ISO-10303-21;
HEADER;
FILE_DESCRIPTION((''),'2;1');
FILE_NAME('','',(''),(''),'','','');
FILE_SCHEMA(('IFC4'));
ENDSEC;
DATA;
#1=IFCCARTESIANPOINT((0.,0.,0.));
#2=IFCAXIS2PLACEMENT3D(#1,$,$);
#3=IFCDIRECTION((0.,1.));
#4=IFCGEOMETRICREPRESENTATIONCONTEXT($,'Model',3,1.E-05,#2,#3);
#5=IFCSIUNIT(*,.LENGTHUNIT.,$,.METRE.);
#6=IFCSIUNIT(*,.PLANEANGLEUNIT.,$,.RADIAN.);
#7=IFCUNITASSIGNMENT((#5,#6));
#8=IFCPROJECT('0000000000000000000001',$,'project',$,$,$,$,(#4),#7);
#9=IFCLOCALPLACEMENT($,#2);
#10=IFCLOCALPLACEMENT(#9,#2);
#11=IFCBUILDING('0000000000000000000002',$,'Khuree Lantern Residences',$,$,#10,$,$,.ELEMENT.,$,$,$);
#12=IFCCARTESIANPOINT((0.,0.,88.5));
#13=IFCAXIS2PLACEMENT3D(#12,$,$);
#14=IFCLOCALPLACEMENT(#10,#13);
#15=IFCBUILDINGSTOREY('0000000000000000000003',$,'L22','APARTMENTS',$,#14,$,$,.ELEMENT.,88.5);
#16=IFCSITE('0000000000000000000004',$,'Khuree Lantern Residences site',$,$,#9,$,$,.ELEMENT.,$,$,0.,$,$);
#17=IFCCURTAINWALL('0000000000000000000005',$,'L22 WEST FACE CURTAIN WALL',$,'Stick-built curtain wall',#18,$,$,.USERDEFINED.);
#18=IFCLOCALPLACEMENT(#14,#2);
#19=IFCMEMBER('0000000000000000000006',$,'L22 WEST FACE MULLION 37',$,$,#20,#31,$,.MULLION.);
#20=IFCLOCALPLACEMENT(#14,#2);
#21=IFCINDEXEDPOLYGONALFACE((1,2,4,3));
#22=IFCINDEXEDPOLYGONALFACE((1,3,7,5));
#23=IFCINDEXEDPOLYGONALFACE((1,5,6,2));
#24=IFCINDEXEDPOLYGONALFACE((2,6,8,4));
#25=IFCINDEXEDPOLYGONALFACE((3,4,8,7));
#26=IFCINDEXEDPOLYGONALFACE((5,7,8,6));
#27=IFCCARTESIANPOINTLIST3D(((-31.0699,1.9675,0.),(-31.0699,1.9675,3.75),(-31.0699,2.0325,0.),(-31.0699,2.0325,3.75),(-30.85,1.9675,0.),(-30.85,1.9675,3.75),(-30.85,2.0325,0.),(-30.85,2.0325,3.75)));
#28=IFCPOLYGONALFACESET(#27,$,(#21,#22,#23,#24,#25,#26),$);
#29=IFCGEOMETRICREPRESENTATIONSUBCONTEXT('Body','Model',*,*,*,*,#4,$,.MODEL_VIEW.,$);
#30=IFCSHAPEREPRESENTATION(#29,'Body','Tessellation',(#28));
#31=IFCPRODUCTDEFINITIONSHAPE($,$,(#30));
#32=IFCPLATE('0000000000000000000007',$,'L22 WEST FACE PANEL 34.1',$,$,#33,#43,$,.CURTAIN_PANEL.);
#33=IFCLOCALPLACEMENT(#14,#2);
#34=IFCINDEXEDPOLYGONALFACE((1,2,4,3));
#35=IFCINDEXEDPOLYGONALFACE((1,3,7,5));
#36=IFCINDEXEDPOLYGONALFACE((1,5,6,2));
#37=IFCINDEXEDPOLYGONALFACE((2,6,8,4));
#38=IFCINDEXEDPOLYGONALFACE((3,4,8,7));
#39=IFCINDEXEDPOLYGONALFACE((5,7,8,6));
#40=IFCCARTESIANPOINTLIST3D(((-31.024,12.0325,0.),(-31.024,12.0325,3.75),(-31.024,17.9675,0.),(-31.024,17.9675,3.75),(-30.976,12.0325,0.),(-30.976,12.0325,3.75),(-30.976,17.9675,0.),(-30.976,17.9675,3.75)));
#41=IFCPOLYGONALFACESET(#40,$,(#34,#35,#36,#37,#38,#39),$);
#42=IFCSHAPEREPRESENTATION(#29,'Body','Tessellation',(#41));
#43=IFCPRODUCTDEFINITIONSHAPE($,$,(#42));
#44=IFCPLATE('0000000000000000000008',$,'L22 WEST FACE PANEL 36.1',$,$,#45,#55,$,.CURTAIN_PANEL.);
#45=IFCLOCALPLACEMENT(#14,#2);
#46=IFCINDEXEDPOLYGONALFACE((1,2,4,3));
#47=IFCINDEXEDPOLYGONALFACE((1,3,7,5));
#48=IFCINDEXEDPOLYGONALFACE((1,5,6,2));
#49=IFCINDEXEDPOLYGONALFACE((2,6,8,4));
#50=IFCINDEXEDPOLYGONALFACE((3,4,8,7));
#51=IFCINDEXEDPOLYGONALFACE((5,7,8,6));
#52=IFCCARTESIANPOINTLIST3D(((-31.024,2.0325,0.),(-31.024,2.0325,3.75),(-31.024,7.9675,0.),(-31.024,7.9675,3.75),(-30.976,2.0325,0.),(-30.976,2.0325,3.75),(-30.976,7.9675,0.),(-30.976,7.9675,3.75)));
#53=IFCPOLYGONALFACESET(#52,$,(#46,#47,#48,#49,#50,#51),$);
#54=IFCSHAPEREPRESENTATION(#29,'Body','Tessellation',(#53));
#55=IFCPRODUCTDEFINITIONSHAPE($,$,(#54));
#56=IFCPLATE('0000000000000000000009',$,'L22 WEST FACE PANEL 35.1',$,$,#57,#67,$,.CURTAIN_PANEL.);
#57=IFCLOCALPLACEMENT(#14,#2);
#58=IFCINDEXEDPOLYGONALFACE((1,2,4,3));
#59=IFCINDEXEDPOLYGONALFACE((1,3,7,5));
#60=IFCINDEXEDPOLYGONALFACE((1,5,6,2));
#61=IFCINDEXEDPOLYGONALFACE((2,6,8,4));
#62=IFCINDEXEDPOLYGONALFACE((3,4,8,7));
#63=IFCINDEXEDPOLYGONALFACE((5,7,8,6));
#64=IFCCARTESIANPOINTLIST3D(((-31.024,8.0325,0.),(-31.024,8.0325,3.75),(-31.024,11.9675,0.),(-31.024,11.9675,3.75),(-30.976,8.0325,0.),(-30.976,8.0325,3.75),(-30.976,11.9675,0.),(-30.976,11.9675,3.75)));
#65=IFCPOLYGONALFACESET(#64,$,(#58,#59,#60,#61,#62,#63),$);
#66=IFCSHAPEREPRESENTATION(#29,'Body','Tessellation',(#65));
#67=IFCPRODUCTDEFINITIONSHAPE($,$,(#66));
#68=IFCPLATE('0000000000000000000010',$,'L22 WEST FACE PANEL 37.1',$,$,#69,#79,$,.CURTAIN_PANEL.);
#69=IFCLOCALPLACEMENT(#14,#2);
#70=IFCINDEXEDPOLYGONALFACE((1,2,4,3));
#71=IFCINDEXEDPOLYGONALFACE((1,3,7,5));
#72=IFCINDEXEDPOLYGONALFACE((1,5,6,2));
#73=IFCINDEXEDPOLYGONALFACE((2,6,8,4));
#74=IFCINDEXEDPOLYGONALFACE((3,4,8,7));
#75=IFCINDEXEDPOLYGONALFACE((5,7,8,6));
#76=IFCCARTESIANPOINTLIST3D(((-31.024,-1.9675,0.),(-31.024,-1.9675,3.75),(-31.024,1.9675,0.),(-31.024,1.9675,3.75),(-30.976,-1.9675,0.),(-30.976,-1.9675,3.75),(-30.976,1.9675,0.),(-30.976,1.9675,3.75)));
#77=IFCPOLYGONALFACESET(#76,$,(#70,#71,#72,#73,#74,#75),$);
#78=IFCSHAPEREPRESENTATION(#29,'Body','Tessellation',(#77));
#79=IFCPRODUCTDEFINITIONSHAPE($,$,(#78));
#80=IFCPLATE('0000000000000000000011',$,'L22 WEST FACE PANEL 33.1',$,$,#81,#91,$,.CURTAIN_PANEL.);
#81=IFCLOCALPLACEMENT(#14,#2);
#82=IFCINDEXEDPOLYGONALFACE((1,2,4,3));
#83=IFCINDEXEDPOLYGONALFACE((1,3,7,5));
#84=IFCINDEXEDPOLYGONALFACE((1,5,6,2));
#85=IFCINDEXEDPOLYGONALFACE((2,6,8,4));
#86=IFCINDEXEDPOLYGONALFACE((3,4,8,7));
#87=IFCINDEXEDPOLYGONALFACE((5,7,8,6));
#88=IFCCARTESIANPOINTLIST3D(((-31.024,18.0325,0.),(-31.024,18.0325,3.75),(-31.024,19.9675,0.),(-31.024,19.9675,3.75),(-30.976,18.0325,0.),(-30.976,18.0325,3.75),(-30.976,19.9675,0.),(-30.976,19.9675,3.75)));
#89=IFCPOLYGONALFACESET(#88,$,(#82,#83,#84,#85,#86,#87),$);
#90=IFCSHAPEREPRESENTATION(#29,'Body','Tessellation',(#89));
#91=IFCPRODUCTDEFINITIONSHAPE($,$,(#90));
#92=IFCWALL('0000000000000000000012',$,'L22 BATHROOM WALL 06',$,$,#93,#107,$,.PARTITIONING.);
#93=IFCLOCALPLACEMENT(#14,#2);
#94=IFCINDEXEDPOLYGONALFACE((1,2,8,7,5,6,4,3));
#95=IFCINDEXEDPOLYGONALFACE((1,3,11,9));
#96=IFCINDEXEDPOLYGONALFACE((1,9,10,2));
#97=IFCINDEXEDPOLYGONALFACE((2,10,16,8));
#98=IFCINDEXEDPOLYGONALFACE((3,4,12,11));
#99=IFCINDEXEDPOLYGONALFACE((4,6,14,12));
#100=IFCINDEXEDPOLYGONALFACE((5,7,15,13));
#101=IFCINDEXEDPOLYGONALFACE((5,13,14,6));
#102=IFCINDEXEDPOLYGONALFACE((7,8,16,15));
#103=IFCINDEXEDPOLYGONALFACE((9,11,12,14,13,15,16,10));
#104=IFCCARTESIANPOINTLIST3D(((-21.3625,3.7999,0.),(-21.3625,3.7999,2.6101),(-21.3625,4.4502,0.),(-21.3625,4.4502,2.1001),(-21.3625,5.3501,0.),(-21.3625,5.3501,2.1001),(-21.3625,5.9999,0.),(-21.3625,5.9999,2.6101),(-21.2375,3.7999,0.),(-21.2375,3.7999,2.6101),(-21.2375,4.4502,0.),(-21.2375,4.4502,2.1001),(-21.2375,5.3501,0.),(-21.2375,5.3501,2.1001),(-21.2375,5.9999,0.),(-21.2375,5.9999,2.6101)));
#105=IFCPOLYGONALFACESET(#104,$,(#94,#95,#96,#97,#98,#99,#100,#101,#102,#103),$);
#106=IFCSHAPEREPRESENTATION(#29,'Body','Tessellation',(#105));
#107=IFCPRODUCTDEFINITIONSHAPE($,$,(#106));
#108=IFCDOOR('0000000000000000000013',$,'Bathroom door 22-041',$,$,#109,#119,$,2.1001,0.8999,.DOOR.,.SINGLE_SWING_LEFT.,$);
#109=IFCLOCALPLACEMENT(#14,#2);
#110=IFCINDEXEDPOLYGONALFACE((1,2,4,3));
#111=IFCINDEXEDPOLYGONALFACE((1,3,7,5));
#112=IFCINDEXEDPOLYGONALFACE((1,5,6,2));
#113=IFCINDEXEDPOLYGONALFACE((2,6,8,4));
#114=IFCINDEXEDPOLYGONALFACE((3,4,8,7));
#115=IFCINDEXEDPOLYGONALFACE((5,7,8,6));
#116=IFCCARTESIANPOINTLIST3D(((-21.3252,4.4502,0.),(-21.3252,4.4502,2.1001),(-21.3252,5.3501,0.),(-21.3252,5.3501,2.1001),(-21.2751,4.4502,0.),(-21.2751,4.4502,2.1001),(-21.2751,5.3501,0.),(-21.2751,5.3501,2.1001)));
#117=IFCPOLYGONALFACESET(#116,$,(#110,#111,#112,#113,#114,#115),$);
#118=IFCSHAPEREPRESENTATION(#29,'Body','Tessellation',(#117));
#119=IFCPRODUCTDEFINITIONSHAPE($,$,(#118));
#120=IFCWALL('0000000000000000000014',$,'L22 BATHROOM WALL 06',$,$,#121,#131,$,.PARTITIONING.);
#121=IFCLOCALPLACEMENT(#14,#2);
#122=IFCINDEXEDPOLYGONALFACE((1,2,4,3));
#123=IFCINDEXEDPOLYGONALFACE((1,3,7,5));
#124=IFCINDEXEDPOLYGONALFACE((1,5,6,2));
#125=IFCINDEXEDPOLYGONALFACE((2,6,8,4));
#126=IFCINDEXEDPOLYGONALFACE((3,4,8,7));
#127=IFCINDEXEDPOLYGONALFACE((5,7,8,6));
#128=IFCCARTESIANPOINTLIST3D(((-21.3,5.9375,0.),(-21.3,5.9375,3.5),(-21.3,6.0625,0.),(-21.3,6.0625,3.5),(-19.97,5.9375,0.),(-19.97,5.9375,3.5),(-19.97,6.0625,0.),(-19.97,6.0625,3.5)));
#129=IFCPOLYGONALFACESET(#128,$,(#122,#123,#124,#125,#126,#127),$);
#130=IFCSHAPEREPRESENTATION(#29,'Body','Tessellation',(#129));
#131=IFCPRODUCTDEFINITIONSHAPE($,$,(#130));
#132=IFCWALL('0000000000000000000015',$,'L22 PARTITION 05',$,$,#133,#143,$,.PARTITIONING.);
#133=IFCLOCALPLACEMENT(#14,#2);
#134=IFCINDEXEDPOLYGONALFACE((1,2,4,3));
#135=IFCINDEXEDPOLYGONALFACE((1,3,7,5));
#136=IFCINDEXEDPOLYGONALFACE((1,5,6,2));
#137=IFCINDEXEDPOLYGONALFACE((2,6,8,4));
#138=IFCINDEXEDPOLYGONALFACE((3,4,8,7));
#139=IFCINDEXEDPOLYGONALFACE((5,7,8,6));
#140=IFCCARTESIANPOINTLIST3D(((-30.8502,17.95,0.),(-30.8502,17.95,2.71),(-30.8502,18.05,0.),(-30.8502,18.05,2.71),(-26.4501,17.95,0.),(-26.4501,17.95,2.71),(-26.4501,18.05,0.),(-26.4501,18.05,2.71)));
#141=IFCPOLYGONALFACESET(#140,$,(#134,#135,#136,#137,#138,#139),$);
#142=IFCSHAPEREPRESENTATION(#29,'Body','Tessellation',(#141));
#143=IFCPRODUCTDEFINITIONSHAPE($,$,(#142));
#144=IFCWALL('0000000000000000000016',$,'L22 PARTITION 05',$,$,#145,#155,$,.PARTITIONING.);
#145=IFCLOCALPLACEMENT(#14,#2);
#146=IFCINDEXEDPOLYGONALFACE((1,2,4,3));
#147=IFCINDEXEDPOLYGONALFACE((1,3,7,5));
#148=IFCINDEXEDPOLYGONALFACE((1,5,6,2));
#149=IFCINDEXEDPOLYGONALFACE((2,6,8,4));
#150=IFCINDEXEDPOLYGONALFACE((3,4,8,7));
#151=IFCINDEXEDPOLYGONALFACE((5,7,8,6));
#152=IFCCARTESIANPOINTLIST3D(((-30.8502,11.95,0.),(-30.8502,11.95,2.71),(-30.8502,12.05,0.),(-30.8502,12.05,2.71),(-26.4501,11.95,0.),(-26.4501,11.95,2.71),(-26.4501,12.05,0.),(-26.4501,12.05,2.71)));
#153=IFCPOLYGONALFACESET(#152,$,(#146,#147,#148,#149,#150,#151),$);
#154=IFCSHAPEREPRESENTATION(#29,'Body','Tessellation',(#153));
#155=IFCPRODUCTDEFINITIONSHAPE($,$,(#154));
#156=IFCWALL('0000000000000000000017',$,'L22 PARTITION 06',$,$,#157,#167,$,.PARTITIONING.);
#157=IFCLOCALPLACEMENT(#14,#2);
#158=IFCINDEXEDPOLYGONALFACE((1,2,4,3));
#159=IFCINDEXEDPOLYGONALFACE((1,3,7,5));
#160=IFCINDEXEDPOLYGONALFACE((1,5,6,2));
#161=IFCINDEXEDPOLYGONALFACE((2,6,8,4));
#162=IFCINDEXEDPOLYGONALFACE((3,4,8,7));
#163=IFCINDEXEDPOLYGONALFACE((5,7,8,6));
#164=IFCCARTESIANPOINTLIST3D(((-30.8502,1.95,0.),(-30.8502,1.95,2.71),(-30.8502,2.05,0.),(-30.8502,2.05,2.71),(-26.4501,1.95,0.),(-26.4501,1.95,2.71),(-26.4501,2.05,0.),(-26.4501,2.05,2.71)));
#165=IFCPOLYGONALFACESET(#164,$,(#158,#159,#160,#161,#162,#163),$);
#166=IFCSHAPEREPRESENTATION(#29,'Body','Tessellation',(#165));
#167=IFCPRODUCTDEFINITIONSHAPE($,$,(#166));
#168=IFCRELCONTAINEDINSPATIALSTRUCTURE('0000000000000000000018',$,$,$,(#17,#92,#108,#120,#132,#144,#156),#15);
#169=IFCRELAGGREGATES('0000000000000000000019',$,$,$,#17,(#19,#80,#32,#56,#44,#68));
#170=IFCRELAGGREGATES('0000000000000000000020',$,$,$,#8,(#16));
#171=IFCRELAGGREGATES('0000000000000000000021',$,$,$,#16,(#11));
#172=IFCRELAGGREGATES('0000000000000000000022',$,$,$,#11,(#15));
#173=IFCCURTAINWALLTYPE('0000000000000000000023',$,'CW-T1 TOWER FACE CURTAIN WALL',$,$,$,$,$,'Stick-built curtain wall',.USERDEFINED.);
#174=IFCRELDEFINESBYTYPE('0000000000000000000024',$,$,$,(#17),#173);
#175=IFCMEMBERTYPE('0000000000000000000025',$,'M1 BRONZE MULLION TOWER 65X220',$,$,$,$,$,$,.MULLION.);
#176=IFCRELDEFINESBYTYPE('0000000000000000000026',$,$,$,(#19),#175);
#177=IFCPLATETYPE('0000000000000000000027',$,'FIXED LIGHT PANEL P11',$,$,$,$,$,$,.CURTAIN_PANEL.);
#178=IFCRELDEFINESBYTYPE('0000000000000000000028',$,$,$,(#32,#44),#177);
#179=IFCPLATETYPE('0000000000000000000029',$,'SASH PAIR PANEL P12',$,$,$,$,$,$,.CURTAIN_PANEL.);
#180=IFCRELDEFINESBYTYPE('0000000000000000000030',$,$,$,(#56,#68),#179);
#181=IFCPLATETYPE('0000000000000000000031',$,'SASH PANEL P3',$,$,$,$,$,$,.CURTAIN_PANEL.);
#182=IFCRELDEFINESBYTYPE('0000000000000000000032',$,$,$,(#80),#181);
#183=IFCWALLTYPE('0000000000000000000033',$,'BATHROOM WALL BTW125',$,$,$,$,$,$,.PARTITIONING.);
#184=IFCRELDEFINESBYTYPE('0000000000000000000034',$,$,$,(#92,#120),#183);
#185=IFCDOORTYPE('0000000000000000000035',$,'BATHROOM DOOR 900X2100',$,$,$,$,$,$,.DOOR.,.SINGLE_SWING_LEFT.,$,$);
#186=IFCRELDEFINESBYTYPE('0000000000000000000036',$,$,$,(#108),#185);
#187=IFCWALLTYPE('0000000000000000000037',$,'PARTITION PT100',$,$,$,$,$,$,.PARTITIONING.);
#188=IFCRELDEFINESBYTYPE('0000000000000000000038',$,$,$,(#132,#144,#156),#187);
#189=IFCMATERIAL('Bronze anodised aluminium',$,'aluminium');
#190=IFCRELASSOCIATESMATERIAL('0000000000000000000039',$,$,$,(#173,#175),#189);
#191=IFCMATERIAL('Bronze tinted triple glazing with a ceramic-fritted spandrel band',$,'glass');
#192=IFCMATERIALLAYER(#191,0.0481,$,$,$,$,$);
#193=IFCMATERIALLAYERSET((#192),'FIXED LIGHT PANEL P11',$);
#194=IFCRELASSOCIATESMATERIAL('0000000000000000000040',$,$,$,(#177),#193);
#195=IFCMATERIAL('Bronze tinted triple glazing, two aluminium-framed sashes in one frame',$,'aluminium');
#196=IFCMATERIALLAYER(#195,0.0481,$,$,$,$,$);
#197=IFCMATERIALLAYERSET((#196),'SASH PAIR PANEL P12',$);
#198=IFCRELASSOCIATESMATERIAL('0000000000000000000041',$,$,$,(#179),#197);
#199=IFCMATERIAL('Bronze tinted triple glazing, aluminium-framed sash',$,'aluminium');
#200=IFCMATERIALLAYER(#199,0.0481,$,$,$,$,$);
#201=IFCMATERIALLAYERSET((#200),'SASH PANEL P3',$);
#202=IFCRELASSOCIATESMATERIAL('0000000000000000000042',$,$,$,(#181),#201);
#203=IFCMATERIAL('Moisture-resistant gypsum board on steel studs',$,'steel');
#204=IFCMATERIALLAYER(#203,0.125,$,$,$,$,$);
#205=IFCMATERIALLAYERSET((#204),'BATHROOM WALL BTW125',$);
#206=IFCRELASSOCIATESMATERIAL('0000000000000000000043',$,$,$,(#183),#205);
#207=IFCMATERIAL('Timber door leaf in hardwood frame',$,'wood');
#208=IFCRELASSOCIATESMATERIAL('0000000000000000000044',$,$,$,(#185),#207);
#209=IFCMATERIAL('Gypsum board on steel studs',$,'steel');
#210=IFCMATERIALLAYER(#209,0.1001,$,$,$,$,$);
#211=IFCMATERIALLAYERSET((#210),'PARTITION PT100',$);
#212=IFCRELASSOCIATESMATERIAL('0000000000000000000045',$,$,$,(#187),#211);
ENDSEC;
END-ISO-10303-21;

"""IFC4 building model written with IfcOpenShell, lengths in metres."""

from ifc_helpers import new_model, si_unit, direction, frame, frame_2d, origin, origin_2d, place, context, subcontext, project, spatial, rectangle, extrude, material, layer, layer_set, material_profile, profile_set, type_object, element, fill, aggregate, save


model = new_model("IFC4")

# Units and contexts
model_context = context("Model", 3, precision=1e-05, world=origin(), true_north=direction((0.0, 1.0)))
body_context = subcontext(model_context, "Body", "Model", "MODEL_VIEW")
ifc_project = project(units=[si_unit("LENGTHUNIT", "METRE"), si_unit("PLANEANGLEUNIT", "RADIAN")], contexts=[model_context])

# Site, building, storey
site_placement = place(None, origin())
site = spatial("IfcSite", under=ifc_project, at=site_placement, Name="Khuree Lantern Residences site", CompositionType="ELEMENT", RefElevation=0.0)
building_placement = place(site_placement, origin())
building = spatial("IfcBuilding", under=site, at=building_placement, Name="Khuree Lantern Residences", CompositionType="ELEMENT")
storey_placement = place(building_placement, frame((0.0, 0.0, 88.5)))
storey = spatial("IfcBuildingStorey", under=building, at=storey_placement, Name="L22", Description="APARTMENTS", CompositionType="ELEMENT", Elevation=88.5)

# Curtain wall
ifc_material_1 = material(Name="Bronze anodised aluminium", Category="aluminium")
curtain_wall_type = type_object("IfcCurtainWallType", Name="CW-T1 TOWER FACE CURTAIN WALL", ElementType="Stick-built curtain wall", PredefinedType="USERDEFINED", material=ifc_material_1)
curtain_wall_placement = place(storey_placement, origin())
curtain_wall = element("IfcCurtainWall", 1, at=curtain_wall_placement, inside=storey, type_object=curtain_wall_type, Name="L22 WEST FACE CURTAIN WALL", ObjectType="Stick-built curtain wall", PredefinedType="USERDEFINED")

# Member
ifc_material_profile_1 = material_profile(ifc_material_1, rectangle(XDim=0.0649, YDim=0.22, at=origin_2d()), Name="M1 65X220")
ifc_profile_set_1 = profile_set([ifc_material_profile_1], Name="Bronze anodised aluminium")
member_type_1 = type_object("IfcMemberType", Name="M1 BRONZE MULLION TOWER 65X220", PredefinedType="MULLION", material=ifc_profile_set_1)
member_1_placement = place(storey_placement, frame((-30.96, 2.0, 0.0), z_axis=(0.0, 0.0, 1.0), x_axis=(0.0, -1.0, 0.0)))
member_1 = element("IfcMember", 2, at=member_1_placement, type_object=member_type_1, Name="L22 WEST FACE MULLION 37", PredefinedType="MULLION", context=body_context, shape_type="SweptSolid", body=[
    extrude(rectangle(XDim=0.0649, YDim=0.22, at=origin_2d()), origin(), (0.0, 0.0, 1.0), 3.75),
])

# Plates
ifc_material_2 = material(Name="Bronze tinted triple glazing with a ceramic-fritted spandrel band", Category="glass")
ifc_layer_1 = layer(ifc_material_2, 0.0481)
ifc_layer_set_1 = layer_set([ifc_layer_1], Name="FIXED LIGHT PANEL P11")
plate_type_1 = type_object("IfcPlateType", Name="FIXED LIGHT PANEL P11", PredefinedType="CURTAIN_PANEL", material=ifc_layer_set_1)
plate_1_placement = place(storey_placement, frame((-31.0, 15.0, 0.0), z_axis=(0.0, 0.0, 1.0), x_axis=(0.0, -1.0, 0.0)))
plate_1 = element("IfcPlate", 3, at=plate_1_placement, type_object=plate_type_1, Name="L22 WEST FACE PANEL 34.1", PredefinedType="CURTAIN_PANEL", context=body_context, shape_type="SweptSolid", body=[
    extrude(rectangle(XDim=5.9351, YDim=0.0481, at=origin_2d()), origin(), (0.0, 0.0, 1.0), 3.75),
])
plate_2_placement = place(storey_placement, frame((-31.0, 5.0, 0.0), z_axis=(0.0, 0.0, 1.0), x_axis=(0.0, -1.0, 0.0)))
plate_2 = element("IfcPlate", 4, at=plate_2_placement, type_object=plate_type_1, Name="L22 WEST FACE PANEL 36.1", PredefinedType="CURTAIN_PANEL", context=body_context, shape_type="SweptSolid", body=[
    extrude(rectangle(XDim=5.9351, YDim=0.0481, at=origin_2d()), origin(), (0.0, 0.0, 1.0), 3.75),
])
ifc_material_3 = material(Name="Bronze tinted triple glazing, two aluminium-framed sashes in one frame", Category="aluminium")
ifc_layer_2 = layer(ifc_material_3, 0.0481)
ifc_layer_set_2 = layer_set([ifc_layer_2], Name="SASH PAIR PANEL P12")
plate_type_2 = type_object("IfcPlateType", Name="SASH PAIR PANEL P12", PredefinedType="CURTAIN_PANEL", material=ifc_layer_set_2)
plate_3_placement = place(storey_placement, frame((-31.0, 10.0, 0.0), z_axis=(0.0, 0.0, 1.0), x_axis=(0.0, -1.0, 0.0)))
plate_3 = element("IfcPlate", 5, at=plate_3_placement, type_object=plate_type_2, Name="L22 WEST FACE PANEL 35.1", PredefinedType="CURTAIN_PANEL", context=body_context, shape_type="SweptSolid", body=[
    extrude(rectangle(XDim=3.9351, YDim=0.0481, at=origin_2d()), origin(), (0.0, 0.0, 1.0), 3.75),
])
plate_4_placement = place(storey_placement, frame((-31.0, 0.0, 0.0), z_axis=(0.0, 0.0, 1.0), x_axis=(0.0, -1.0, 0.0)))
plate_4 = element("IfcPlate", 6, at=plate_4_placement, type_object=plate_type_2, Name="L22 WEST FACE PANEL 37.1", PredefinedType="CURTAIN_PANEL", context=body_context, shape_type="SweptSolid", body=[
    extrude(rectangle(XDim=3.9351, YDim=0.0481, at=origin_2d()), origin(), (0.0, 0.0, 1.0), 3.75),
])
ifc_material_4 = material(Name="Bronze tinted triple glazing, aluminium-framed sash", Category="aluminium")
ifc_layer_3 = layer(ifc_material_4, 0.0481)
ifc_layer_set_3 = layer_set([ifc_layer_3], Name="SASH PANEL P3")
plate_type_3 = type_object("IfcPlateType", Name="SASH PANEL P3", PredefinedType="CURTAIN_PANEL", material=ifc_layer_set_3)
plate_5_placement = place(storey_placement, frame((-31.0, 19.0, 0.0), z_axis=(0.0, 0.0, 1.0), x_axis=(0.0, -1.0, 0.0)))
plate_5 = element("IfcPlate", 7, at=plate_5_placement, type_object=plate_type_3, Name="L22 WEST FACE PANEL 33.1", PredefinedType="CURTAIN_PANEL", context=body_context, shape_type="SweptSolid", body=[
    extrude(rectangle(XDim=1.9351, YDim=0.0481, at=origin_2d()), origin(), (0.0, 0.0, 1.0), 3.75),
])
aggregate(curtain_wall, [member_1, plate_5, plate_1, plate_3, plate_2, plate_4])

# Wall, opening, door
ifc_material_5 = material(Name="Moisture-resistant gypsum board on steel studs", Category="steel")
ifc_layer_4 = layer(ifc_material_5, 0.125)
ifc_layer_set_4 = layer_set([ifc_layer_4], Name="BATHROOM WALL BTW125")
wall_type_1 = type_object("IfcWallType", Name="BATHROOM WALL BTW125", PredefinedType="PARTITIONING", material=ifc_layer_set_4)
wall_1_placement = place(storey_placement, frame((-21.3, 6.0, 0.0), z_axis=(0.0, 0.0, 1.0), x_axis=(0.0, -1.0, 0.0)))
wall_1 = element("IfcWall", 8, at=wall_1_placement, inside=storey, type_object=wall_type_1, Name="L22 BATHROOM WALL 06", PredefinedType="PARTITIONING", context=body_context, shape_type="SweptSolid", body=[
    extrude(rectangle(XDim=2.2, YDim=0.125, at=frame_2d((1.1001, 0.0))), origin(), (0.0, 0.0, 1.0), 2.6101),
])
opening_1_placement = place(wall_1_placement, frame((0.6499, 0.0, 0.0)))
opening_1 = element("IfcOpeningElement", 9, at=opening_1_placement, cuts=wall_1, PredefinedType="OPENING", context=body_context, shape_type="SweptSolid", body=[
    extrude(rectangle(XDim=0.8999, YDim=2.1001, at=frame_2d((0.45, 1.05))), frame((0.0, 0.0725, 0.0), z_axis=(0.0, -1.0, 0.0), x_axis=(1.0, 0.0, 0.0)), (0.0, 0.0, 1.0), 0.145),
])
ifc_material_6 = material(Name="Timber door leaf in hardwood frame", Category="wood")
door_type_1 = type_object("IfcDoorType", Name="BATHROOM DOOR 900X2100", OperationType="SINGLE_SWING_LEFT", PredefinedType="DOOR", material=ifc_material_6)
door_1_placement = place(opening_1_placement, origin())
door_1 = element("IfcDoor", 10, at=door_1_placement, inside=storey, type_object=door_type_1, Name="Bathroom door 22-041", OperationType="SINGLE_SWING_LEFT", OverallHeight=2.1001, OverallWidth=0.8999, PredefinedType="DOOR", context=body_context, shape_type="SweptSolid", body=[
    extrude(rectangle(XDim=0.8999, YDim=2.1001, at=frame_2d((0.45, 1.05))), frame((0.0, 0.0249, 0.0), z_axis=(0.0, -1.0, 0.0), x_axis=(1.0, 0.0, 0.0)), (0.0, 0.0, 1.0), 0.05),
])
fill(opening_1, door_1)

# Walls
wall_2_placement = place(storey_placement, frame((-19.97, 6.0, 0.0), z_axis=(0.0, 0.0, 1.0), x_axis=(-1.0, 0.0, 0.0)))
element("IfcWall", 11, at=wall_2_placement, inside=storey, type_object=wall_type_1, Name="L22 BATHROOM WALL 06", PredefinedType="PARTITIONING", context=body_context, shape_type="SweptSolid", body=[
    extrude(rectangle(XDim=1.3301, YDim=0.125, at=frame_2d((0.665, 0.0))), origin(), (0.0, 0.0, 1.0), 3.5),
])
ifc_material_7 = material(Name="Gypsum board on steel studs", Category="steel")
ifc_layer_5 = layer(ifc_material_7, 0.1001)
ifc_layer_set_5 = layer_set([ifc_layer_5], Name="PARTITION PT100")
wall_type_2 = type_object("IfcWallType", Name="PARTITION PT100", PredefinedType="PARTITIONING", material=ifc_layer_set_5)
for number, where, z_axis, x_axis, name in (
    (12, (-26.45, 18.0, 0.0), (0.0, 0.0, 1.0), (-1.0, 0.0, 0.0), "L22 PARTITION 05"),
    (13, (-26.45, 12.0, 0.0), (0.0, 0.0, 1.0), (-1.0, 0.0, 0.0), "L22 PARTITION 05"),
    (14, (-26.45, 2.0, 0.0), (0.0, 0.0, 1.0), (-1.0, 0.0, 0.0), "L22 PARTITION 06"),
):
    element("IfcWall", number, at=place(storey_placement, frame(where, z_axis=z_axis, x_axis=x_axis)), inside=storey, type_object=wall_type_2, Name=name, PredefinedType="PARTITIONING", context=body_context, shape_type="SweptSolid", body=[
        extrude(rectangle(XDim=4.4001, YDim=0.1001, at=frame_2d((2.2002, 0.0))), origin(), (0.0, 0.0, 1.0), 2.71),
    ])

save(model, "model.ifc")
